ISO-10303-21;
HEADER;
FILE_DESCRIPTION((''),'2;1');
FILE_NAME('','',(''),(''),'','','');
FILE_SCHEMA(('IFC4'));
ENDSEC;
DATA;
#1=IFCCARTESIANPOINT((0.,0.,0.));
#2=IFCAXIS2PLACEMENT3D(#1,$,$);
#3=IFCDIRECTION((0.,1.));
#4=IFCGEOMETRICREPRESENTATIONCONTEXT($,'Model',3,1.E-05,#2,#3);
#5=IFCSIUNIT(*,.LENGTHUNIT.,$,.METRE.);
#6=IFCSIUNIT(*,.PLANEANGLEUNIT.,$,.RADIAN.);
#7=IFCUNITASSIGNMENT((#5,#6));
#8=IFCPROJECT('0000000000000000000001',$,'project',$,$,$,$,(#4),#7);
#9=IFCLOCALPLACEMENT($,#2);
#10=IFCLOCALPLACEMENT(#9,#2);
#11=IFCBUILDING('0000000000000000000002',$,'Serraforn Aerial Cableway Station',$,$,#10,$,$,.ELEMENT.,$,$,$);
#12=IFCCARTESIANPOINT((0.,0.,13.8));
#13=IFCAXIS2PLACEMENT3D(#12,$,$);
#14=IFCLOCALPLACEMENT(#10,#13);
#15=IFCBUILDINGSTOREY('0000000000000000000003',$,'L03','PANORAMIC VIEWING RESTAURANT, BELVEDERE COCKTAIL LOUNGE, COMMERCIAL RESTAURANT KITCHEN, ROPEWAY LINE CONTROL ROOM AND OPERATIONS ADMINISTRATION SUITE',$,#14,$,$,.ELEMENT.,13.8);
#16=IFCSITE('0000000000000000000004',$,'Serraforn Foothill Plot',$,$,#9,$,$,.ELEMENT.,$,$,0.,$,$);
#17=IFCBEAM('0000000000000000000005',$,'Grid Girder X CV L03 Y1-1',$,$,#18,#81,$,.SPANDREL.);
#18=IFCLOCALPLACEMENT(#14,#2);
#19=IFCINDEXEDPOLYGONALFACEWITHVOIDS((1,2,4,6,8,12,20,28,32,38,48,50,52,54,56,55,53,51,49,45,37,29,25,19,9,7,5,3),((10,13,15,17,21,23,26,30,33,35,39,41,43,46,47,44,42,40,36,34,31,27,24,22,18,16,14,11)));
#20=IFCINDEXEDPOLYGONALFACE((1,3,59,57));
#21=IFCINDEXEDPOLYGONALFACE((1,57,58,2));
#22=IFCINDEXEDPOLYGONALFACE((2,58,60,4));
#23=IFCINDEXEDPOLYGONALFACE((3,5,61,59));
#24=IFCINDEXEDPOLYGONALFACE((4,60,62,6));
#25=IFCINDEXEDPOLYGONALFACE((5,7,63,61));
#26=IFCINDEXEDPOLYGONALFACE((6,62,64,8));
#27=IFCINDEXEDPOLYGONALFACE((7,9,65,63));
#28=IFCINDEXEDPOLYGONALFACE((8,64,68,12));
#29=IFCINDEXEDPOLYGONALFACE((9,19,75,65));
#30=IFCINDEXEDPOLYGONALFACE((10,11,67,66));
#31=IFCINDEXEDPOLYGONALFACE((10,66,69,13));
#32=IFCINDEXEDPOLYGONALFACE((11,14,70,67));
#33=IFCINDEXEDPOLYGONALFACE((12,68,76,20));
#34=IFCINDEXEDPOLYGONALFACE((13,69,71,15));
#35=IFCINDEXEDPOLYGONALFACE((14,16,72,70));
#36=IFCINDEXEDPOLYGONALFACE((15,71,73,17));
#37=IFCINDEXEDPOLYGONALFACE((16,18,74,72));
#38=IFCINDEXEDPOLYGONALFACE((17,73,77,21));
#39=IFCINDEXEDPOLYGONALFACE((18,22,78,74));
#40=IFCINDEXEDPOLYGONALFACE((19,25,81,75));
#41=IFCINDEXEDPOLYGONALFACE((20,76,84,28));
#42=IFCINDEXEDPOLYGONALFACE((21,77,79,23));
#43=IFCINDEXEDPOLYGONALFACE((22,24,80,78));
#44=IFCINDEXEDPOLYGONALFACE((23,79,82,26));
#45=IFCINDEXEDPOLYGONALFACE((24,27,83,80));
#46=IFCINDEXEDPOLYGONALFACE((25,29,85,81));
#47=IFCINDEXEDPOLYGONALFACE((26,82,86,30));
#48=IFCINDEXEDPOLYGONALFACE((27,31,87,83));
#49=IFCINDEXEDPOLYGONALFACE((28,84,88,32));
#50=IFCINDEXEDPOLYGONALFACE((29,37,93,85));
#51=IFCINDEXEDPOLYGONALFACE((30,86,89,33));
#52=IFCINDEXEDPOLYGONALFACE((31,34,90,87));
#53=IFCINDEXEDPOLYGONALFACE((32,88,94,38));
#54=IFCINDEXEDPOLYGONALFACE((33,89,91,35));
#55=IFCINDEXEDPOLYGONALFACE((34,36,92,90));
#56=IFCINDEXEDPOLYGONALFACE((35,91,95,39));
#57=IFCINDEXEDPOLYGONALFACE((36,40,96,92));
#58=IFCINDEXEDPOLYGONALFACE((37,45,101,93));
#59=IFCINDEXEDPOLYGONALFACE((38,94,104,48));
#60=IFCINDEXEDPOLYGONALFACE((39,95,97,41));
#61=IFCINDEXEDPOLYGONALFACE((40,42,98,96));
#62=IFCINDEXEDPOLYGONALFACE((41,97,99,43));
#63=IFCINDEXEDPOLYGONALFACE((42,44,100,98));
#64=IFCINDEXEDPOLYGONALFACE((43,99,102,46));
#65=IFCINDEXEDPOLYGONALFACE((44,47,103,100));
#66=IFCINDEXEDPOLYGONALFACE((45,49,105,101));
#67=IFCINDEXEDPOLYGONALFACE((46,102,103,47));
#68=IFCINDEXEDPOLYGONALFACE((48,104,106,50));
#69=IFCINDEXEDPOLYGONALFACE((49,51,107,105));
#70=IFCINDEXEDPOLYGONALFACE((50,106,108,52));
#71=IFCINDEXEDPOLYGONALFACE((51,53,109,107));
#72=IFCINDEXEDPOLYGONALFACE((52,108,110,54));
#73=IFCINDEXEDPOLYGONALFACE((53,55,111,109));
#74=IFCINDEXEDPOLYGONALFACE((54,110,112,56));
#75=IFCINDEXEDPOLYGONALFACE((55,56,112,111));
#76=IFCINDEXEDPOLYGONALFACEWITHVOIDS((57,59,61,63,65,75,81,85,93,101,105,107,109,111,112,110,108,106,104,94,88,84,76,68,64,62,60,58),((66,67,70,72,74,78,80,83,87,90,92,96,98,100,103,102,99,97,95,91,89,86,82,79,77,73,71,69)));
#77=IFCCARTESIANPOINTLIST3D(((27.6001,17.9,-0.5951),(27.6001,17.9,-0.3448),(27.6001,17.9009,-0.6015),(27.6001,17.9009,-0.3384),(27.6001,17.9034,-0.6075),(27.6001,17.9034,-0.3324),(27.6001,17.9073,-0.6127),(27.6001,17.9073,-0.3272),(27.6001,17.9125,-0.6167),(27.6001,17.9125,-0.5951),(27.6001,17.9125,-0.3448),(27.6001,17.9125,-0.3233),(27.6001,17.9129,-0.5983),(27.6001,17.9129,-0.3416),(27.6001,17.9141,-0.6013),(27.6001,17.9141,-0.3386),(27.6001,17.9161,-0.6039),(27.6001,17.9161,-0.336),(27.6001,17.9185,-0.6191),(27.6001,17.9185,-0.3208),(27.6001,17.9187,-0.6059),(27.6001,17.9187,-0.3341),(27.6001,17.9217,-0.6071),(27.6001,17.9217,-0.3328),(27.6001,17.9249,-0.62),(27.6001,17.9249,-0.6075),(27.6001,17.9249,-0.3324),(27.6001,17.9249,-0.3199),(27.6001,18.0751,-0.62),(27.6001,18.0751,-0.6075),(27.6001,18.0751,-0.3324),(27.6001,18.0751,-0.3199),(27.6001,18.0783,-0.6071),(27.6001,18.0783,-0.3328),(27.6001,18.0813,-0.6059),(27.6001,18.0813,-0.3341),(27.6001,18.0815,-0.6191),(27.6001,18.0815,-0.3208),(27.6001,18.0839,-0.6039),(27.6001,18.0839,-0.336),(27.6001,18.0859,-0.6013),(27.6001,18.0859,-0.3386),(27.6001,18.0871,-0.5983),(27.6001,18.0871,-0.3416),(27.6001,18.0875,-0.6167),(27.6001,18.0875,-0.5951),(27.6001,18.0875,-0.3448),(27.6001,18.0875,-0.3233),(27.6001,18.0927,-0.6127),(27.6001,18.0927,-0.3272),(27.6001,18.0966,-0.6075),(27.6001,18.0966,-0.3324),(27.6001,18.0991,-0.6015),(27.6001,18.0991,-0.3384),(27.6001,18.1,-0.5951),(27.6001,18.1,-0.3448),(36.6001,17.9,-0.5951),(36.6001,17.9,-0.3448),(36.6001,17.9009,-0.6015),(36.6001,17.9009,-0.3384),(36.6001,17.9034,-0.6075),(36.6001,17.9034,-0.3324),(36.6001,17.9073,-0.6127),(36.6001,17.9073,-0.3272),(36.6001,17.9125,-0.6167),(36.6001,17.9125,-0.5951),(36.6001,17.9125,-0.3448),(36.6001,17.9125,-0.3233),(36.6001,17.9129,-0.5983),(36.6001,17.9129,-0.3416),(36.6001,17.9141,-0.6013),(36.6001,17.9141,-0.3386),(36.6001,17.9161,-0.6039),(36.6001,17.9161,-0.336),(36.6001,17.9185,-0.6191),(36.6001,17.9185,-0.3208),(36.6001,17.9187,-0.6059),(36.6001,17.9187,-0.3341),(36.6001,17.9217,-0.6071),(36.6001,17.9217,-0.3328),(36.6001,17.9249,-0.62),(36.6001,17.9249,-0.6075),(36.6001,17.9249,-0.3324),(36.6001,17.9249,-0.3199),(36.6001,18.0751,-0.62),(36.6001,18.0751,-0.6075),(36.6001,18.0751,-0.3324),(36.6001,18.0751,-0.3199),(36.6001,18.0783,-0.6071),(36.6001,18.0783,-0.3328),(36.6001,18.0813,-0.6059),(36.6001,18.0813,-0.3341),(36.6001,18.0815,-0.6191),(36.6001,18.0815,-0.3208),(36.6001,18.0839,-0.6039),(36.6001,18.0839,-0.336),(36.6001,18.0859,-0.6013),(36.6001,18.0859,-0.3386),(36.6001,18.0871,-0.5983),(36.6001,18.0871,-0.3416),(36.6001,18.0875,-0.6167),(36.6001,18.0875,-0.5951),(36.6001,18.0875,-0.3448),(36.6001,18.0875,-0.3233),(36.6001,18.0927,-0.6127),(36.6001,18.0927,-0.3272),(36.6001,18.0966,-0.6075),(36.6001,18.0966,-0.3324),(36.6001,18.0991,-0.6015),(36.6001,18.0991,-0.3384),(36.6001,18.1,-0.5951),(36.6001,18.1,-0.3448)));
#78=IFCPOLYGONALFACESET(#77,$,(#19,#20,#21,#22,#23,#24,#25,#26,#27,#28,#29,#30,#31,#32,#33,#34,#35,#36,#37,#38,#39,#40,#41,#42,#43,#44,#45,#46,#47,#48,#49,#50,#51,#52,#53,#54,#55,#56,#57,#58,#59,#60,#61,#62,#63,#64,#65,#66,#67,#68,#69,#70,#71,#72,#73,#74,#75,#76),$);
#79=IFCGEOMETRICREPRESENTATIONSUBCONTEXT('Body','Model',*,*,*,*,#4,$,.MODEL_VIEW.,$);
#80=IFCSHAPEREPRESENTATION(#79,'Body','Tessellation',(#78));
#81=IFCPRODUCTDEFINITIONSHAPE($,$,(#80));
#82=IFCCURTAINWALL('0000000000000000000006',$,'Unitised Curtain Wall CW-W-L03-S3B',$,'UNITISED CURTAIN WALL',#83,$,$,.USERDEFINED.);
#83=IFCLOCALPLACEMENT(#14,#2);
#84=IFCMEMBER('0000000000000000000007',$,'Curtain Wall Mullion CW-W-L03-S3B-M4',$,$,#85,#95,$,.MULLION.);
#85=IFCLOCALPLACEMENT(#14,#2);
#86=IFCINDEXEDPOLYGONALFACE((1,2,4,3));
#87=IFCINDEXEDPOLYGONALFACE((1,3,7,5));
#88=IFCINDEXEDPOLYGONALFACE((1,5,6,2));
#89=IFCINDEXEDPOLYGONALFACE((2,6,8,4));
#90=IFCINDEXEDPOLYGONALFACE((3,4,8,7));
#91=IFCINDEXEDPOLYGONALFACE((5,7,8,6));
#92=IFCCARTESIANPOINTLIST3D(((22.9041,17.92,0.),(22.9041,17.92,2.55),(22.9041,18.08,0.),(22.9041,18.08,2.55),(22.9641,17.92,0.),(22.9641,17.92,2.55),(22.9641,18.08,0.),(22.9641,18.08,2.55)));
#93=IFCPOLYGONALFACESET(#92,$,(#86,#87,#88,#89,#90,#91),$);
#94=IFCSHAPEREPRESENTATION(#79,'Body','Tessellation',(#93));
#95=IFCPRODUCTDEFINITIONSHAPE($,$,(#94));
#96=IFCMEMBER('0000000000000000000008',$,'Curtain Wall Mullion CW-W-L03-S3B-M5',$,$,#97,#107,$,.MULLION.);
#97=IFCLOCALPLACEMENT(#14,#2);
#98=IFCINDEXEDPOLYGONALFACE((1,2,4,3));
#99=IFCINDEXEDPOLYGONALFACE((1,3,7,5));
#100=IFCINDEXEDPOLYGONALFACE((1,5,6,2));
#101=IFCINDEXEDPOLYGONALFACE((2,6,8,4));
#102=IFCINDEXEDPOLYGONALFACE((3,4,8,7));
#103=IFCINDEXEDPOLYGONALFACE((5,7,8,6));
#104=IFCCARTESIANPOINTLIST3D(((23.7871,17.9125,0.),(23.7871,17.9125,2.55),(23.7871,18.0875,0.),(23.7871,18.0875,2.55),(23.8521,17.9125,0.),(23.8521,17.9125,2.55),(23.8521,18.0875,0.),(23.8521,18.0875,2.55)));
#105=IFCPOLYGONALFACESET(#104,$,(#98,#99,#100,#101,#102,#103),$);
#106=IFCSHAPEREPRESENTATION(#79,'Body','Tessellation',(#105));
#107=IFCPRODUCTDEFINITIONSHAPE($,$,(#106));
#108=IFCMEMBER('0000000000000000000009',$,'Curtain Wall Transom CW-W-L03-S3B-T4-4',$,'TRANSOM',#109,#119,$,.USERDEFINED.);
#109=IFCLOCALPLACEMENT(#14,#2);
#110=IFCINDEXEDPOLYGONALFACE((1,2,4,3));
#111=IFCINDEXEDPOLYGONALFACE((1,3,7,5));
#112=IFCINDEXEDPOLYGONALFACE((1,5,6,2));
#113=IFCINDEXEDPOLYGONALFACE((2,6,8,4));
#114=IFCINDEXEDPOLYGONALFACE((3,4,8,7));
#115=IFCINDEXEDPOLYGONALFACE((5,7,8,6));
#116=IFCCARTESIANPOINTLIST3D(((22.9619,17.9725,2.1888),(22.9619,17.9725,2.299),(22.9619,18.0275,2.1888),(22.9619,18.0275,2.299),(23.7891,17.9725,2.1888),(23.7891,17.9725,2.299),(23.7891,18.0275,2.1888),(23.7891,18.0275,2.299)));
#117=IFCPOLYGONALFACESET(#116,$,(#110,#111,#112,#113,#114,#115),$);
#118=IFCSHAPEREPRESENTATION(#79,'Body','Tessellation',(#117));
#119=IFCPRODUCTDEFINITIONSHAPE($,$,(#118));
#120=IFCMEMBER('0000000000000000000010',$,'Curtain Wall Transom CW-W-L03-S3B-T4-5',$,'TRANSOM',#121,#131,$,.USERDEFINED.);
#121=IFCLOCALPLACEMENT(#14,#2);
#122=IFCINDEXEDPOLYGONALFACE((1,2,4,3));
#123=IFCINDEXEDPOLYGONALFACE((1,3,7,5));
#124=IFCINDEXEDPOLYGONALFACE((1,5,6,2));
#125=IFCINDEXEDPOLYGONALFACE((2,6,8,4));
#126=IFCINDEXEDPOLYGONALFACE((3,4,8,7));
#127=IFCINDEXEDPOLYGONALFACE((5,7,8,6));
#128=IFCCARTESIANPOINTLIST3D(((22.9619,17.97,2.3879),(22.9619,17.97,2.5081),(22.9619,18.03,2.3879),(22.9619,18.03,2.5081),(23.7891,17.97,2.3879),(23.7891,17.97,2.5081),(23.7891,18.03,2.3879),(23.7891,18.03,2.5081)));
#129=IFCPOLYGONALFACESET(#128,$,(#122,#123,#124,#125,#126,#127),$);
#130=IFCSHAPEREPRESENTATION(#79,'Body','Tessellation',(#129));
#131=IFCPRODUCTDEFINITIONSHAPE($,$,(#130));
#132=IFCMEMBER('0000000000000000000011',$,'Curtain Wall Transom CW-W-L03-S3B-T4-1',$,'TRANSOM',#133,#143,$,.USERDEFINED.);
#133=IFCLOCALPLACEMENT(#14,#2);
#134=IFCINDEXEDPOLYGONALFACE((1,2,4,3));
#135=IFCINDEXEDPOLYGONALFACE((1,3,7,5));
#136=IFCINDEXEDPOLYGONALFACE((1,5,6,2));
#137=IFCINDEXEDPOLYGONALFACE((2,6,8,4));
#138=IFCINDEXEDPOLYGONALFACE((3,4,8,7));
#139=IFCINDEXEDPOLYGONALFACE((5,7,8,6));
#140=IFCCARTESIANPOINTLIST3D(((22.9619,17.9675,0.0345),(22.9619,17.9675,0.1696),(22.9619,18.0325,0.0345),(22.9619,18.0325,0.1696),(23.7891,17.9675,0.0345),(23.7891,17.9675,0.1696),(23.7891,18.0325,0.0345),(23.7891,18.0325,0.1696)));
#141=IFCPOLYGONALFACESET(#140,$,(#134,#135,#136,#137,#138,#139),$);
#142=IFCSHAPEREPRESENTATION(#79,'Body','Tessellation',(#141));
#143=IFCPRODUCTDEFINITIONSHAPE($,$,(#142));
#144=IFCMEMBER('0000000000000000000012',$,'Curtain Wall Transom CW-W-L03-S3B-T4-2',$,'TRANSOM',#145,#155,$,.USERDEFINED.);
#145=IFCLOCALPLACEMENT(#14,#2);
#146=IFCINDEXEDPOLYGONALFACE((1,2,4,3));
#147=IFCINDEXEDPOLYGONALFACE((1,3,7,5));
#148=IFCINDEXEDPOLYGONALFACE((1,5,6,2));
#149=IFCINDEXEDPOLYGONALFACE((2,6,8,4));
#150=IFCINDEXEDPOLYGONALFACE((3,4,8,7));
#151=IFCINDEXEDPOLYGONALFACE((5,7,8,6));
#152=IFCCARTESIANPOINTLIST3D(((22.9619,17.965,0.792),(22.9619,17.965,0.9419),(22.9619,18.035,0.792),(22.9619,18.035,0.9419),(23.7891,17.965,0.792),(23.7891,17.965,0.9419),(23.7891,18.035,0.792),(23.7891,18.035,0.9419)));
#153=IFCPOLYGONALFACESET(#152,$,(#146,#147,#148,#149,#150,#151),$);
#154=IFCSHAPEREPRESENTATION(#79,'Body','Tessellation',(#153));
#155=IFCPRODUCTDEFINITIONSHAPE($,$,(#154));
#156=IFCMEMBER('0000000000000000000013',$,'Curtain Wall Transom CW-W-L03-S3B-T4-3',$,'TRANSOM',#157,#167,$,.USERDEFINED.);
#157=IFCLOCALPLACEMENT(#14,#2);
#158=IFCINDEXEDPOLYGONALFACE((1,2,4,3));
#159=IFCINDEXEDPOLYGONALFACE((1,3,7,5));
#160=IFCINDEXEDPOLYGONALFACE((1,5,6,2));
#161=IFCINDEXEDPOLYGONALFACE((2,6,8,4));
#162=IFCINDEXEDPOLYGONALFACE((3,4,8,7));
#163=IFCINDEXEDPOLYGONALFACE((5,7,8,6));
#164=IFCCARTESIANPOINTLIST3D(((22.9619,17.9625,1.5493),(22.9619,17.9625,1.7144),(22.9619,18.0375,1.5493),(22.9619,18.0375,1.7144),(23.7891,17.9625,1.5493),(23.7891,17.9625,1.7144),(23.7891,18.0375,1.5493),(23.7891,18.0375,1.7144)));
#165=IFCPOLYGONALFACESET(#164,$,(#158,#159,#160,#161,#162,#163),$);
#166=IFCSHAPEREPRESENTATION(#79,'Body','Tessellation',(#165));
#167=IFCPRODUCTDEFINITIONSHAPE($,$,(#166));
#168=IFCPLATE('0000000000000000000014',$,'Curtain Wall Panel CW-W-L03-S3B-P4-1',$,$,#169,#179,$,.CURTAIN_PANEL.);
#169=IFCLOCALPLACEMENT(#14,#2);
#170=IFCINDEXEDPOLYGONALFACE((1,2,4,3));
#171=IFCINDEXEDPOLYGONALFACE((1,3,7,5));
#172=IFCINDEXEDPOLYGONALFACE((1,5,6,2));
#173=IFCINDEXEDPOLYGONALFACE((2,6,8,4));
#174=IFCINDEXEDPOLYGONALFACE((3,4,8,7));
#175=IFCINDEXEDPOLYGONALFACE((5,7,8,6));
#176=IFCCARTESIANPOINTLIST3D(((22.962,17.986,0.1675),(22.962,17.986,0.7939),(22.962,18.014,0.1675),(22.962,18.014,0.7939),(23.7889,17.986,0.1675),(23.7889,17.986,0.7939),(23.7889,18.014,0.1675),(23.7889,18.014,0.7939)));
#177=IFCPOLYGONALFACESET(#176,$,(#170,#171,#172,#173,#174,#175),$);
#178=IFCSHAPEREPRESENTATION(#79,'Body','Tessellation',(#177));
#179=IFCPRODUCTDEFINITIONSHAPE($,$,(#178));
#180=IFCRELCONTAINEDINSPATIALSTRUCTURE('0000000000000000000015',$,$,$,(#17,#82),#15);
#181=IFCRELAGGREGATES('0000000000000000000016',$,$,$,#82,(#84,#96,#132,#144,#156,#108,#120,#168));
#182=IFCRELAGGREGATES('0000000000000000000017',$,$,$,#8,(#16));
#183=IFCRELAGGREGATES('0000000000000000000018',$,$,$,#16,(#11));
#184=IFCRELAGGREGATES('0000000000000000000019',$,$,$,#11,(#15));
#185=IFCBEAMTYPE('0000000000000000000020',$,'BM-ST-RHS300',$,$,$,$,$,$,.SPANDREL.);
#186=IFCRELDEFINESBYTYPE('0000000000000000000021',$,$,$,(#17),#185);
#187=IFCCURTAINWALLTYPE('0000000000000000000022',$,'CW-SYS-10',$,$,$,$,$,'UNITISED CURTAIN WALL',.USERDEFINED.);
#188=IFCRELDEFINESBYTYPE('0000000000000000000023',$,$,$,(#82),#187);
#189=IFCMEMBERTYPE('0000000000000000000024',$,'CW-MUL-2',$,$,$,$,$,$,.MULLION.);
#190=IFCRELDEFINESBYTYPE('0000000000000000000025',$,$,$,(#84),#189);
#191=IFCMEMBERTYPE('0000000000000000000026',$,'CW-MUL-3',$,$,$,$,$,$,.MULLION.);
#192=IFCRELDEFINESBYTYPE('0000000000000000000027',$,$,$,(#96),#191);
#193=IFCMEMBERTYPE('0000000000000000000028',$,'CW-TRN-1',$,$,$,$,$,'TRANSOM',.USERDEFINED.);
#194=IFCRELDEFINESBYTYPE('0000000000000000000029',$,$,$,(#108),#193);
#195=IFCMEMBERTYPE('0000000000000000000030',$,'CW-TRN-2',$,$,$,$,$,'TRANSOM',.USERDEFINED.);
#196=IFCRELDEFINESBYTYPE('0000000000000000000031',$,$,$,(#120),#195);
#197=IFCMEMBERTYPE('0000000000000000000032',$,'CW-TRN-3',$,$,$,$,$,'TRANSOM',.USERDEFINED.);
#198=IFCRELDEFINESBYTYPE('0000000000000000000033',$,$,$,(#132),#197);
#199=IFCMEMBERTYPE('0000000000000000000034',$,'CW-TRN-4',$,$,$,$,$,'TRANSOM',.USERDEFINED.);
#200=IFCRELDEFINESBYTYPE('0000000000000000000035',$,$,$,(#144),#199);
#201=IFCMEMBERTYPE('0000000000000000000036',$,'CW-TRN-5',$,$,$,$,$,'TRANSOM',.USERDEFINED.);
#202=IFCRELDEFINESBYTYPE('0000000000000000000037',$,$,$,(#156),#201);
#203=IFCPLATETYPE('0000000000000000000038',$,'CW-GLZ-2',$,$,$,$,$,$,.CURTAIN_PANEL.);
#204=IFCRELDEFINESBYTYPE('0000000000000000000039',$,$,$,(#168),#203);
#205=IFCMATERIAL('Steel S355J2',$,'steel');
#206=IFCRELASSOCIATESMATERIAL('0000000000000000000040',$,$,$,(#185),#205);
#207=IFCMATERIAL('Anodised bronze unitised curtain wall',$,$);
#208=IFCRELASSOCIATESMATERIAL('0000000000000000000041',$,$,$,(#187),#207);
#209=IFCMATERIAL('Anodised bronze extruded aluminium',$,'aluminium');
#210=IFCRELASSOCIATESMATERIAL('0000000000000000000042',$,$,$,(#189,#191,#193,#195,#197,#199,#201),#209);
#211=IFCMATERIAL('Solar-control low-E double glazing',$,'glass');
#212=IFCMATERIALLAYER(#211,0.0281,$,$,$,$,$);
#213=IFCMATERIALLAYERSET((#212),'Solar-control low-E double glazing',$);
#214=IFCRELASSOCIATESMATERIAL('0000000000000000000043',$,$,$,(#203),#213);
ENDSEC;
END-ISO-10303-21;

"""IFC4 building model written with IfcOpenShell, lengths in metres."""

from ifc_helpers import new_model, si_unit, direction, frame, origin, origin_2d, place, context, subcontext, project, spatial, rectangle, hollow_rectangle, extrude, material, layer, layer_set, material_profile, profile_set, type_object, element, aggregate, save


model = new_model("IFC4")

# Units and contexts
model_context = context("Model", 3, precision=1e-05, world=origin(), true_north=direction((0.0, 1.0)))
body_context = subcontext(model_context, "Body", "Model", "MODEL_VIEW")
ifc_project = project(units=[si_unit("LENGTHUNIT", "METRE"), si_unit("PLANEANGLEUNIT", "RADIAN")], contexts=[model_context])

# Site, building, storey
site_placement = place(None, origin())
site = spatial("IfcSite", under=ifc_project, at=site_placement, Name="Serraforn Foothill Plot", CompositionType="ELEMENT", RefElevation=0.0)
building_placement = place(site_placement, origin())
building = spatial("IfcBuilding", under=site, at=building_placement, Name="Serraforn Aerial Cableway Station", CompositionType="ELEMENT")
storey_placement = place(building_placement, frame((0.0, 0.0, 13.8)))
storey = spatial("IfcBuildingStorey", under=building, at=storey_placement, Name="L03", Description="PANORAMIC VIEWING RESTAURANT, BELVEDERE COCKTAIL LOUNGE, COMMERCIAL RESTAURANT KITCHEN, ROPEWAY LINE CONTROL ROOM AND OPERATIONS ADMINISTRATION SUITE", CompositionType="ELEMENT", Elevation=13.8)

# Shared definitions
ifc_material_1 = material(Name="Steel S355J2", Category="steel")

# Beam
ifc_material_profile_1 = material_profile(ifc_material_1, hollow_rectangle(XDim=0.2, YDim=0.3, WallThickness=0.0125, InnerFilletRadius=0.0125, OuterFilletRadius=0.0249, at=origin_2d()), Name="RHS 300x200x12.5")
ifc_profile_set_1 = profile_set([ifc_material_profile_1], Name="Steel S355J2")
beam_type_1 = type_object("IfcBeamType", Name="BM-ST-RHS300", PredefinedType="SPANDREL", material=ifc_profile_set_1)
beam_1_placement = place(storey_placement, frame((27.6001, 18.0, -0.47), z_axis=(1.0, 0.0, 0.0), x_axis=(0.0, 1.0, 0.0)))
element("IfcBeam", 1, at=beam_1_placement, inside=storey, type_object=beam_type_1, Name="Grid Girder X CV L03 Y1-1", PredefinedType="SPANDREL", context=body_context, shape_type="SweptSolid", body=[
    extrude(hollow_rectangle(XDim=0.2, YDim=0.3, WallThickness=0.0125, InnerFilletRadius=0.0125, OuterFilletRadius=0.0249, at=origin_2d()), origin(), (0.0, 0.0, 1.0), 9.0),
])

# Curtain wall, members, plate
ifc_material_2 = material(Name="Anodised bronze unitised curtain wall")
curtain_wall_type = type_object("IfcCurtainWallType", Name="CW-SYS-10", ElementType="UNITISED CURTAIN WALL", PredefinedType="USERDEFINED", material=ifc_material_2)
curtain_wall_placement = place(storey_placement, origin())
curtain_wall = element("IfcCurtainWall", 2, at=curtain_wall_placement, inside=storey, type_object=curtain_wall_type, Name="Unitised Curtain Wall CW-W-L03-S3B", ObjectType="UNITISED CURTAIN WALL", PredefinedType="USERDEFINED")
ifc_material_3 = material(Name="Anodised bronze extruded aluminium", Category="aluminium")
ifc_material_profile_2 = material_profile(ifc_material_3, rectangle(XDim=0.0601, YDim=0.1599, at=origin_2d()), Name="CW MULLION 60x160")
ifc_profile_set_2 = profile_set([ifc_material_profile_2], Name="Anodised bronze extruded aluminium")
member_type_1 = type_object("IfcMemberType", Name="CW-MUL-2", PredefinedType="MULLION", material=ifc_profile_set_2)
member_1_placement = place(storey_placement, frame((22.9341, 18.0, 0.0), z_axis=(0.0, 0.0, 1.0), x_axis=(1.0, 0.0, 0.0)))
member_1 = element("IfcMember", 3, at=member_1_placement, type_object=member_type_1, Name="Curtain Wall Mullion CW-W-L03-S3B-M4", PredefinedType="MULLION", context=body_context, shape_type="SweptSolid", body=[
    extrude(rectangle(XDim=0.0601, YDim=0.1599, at=origin_2d()), origin(), (0.0, 0.0, 1.0), 2.55),
])
ifc_material_profile_3 = material_profile(ifc_material_3, rectangle(XDim=0.0649, YDim=0.175, at=origin_2d()), Name="CW MULLION 65x175")
ifc_profile_set_3 = profile_set([ifc_material_profile_3], Name="Anodised bronze extruded aluminium")
member_type_2 = type_object("IfcMemberType", Name="CW-MUL-3", PredefinedType="MULLION", material=ifc_profile_set_3)
member_2_placement = place(storey_placement, frame((23.8196, 18.0, 0.0), z_axis=(0.0, 0.0, 1.0), x_axis=(1.0, 0.0, 0.0)))
member_2 = element("IfcMember", 4, at=member_2_placement, type_object=member_type_2, Name="Curtain Wall Mullion CW-W-L03-S3B-M5", PredefinedType="MULLION", context=body_context, shape_type="SweptSolid", body=[
    extrude(rectangle(XDim=0.0649, YDim=0.175, at=origin_2d()), origin(), (0.0, 0.0, 1.0), 2.55),
])
ifc_material_profile_4 = material_profile(ifc_material_3, rectangle(XDim=0.0549, YDim=0.1101, at=origin_2d()), Name="CW TRANSOM 55x110")
ifc_profile_set_4 = profile_set([ifc_material_profile_4], Name="Anodised bronze extruded aluminium")
member_type_3 = type_object("IfcMemberType", Name="CW-TRN-1", ElementType="TRANSOM", PredefinedType="USERDEFINED", material=ifc_profile_set_4)
member_3_placement = place(storey_placement, frame((22.9619, 18.0, 2.2439), z_axis=(1.0, 0.0, 0.0), x_axis=(0.0, 1.0, 0.0)))
member_3 = element("IfcMember", 5, at=member_3_placement, type_object=member_type_3, Name="Curtain Wall Transom CW-W-L03-S3B-T4-4", ObjectType="TRANSOM", PredefinedType="USERDEFINED", context=body_context, shape_type="SweptSolid", body=[
    extrude(rectangle(XDim=0.0549, YDim=0.1101, at=origin_2d()), origin(), (0.0, 0.0, 1.0), 0.8271),
])
ifc_material_profile_5 = material_profile(ifc_material_3, rectangle(XDim=0.0601, YDim=0.1201, at=origin_2d()), Name="CW TRANSOM 60x120")
ifc_profile_set_5 = profile_set([ifc_material_profile_5], Name="Anodised bronze extruded aluminium")
member_type_4 = type_object("IfcMemberType", Name="CW-TRN-2", ElementType="TRANSOM", PredefinedType="USERDEFINED", material=ifc_profile_set_5)
member_4_placement = place(storey_placement, frame((22.9619, 18.0, 2.448), z_axis=(1.0, 0.0, 0.0), x_axis=(0.0, 1.0, 0.0)))
member_4 = element("IfcMember", 6, at=member_4_placement, type_object=member_type_4, Name="Curtain Wall Transom CW-W-L03-S3B-T4-5", ObjectType="TRANSOM", PredefinedType="USERDEFINED", context=body_context, shape_type="SweptSolid", body=[
    extrude(rectangle(XDim=0.0601, YDim=0.1201, at=origin_2d()), origin(), (0.0, 0.0, 1.0), 0.8271),
])
ifc_material_profile_6 = material_profile(ifc_material_3, rectangle(XDim=0.0649, YDim=0.135, at=origin_2d()), Name="CW TRANSOM 65x135")
ifc_profile_set_6 = profile_set([ifc_material_profile_6], Name="Anodised bronze extruded aluminium")
member_type_5 = type_object("IfcMemberType", Name="CW-TRN-3", ElementType="TRANSOM", PredefinedType="USERDEFINED", material=ifc_profile_set_6)
member_5_placement = place(storey_placement, frame((22.9619, 18.0, 0.1021), z_axis=(1.0, 0.0, 0.0), x_axis=(0.0, 1.0, 0.0)))
member_5 = element("IfcMember", 7, at=member_5_placement, type_object=member_type_5, Name="Curtain Wall Transom CW-W-L03-S3B-T4-1", ObjectType="TRANSOM", PredefinedType="USERDEFINED", context=body_context, shape_type="SweptSolid", body=[
    extrude(rectangle(XDim=0.0649, YDim=0.135, at=origin_2d()), origin(), (0.0, 0.0, 1.0), 0.8271),
])
ifc_material_profile_7 = material_profile(ifc_material_3, rectangle(XDim=0.0701, YDim=0.1499, at=origin_2d()), Name="CW TRANSOM 70x150")
ifc_profile_set_7 = profile_set([ifc_material_profile_7], Name="Anodised bronze extruded aluminium")
member_type_6 = type_object("IfcMemberType", Name="CW-TRN-4", ElementType="TRANSOM", PredefinedType="USERDEFINED", material=ifc_profile_set_7)
member_6_placement = place(storey_placement, frame((22.9619, 18.0, 0.8669), z_axis=(1.0, 0.0, 0.0), x_axis=(0.0, 1.0, 0.0)))
member_6 = element("IfcMember", 8, at=member_6_placement, type_object=member_type_6, Name="Curtain Wall Transom CW-W-L03-S3B-T4-2", ObjectType="TRANSOM", PredefinedType="USERDEFINED", context=body_context, shape_type="SweptSolid", body=[
    extrude(rectangle(XDim=0.0701, YDim=0.1499, at=origin_2d()), origin(), (0.0, 0.0, 1.0), 0.8271),
])
ifc_material_profile_8 = material_profile(ifc_material_3, rectangle(XDim=0.075, YDim=0.165, at=origin_2d()), Name="CW TRANSOM 75x165")
ifc_profile_set_8 = profile_set([ifc_material_profile_8], Name="Anodised bronze extruded aluminium")
member_type_7 = type_object("IfcMemberType", Name="CW-TRN-5", ElementType="TRANSOM", PredefinedType="USERDEFINED", material=ifc_profile_set_8)
member_7_placement = place(storey_placement, frame((22.9619, 18.0, 1.6318), z_axis=(1.0, 0.0, 0.0), x_axis=(0.0, 1.0, 0.0)))
member_7 = element("IfcMember", 9, at=member_7_placement, type_object=member_type_7, Name="Curtain Wall Transom CW-W-L03-S3B-T4-3", ObjectType="TRANSOM", PredefinedType="USERDEFINED", context=body_context, shape_type="SweptSolid", body=[
    extrude(rectangle(XDim=0.075, YDim=0.165, at=origin_2d()), origin(), (0.0, 0.0, 1.0), 0.8271),
])
ifc_material_4 = material(Name="Solar-control low-E double glazing", Category="glass")
ifc_layer_1 = layer(ifc_material_4, 0.0281)
ifc_layer_set_1 = layer_set([ifc_layer_1], Name="Solar-control low-E double glazing")
plate_type_1 = type_object("IfcPlateType", Name="CW-GLZ-2", PredefinedType="CURTAIN_PANEL", material=ifc_layer_set_1)
plate_1_placement = place(storey_placement, frame((23.3755, 18.0, 0.1675), z_axis=(0.0, 0.0, 1.0), x_axis=(1.0, 0.0, 0.0)))
plate_1 = element("IfcPlate", 10, at=plate_1_placement, type_object=plate_type_1, Name="Curtain Wall Panel CW-W-L03-S3B-P4-1", PredefinedType="CURTAIN_PANEL", context=body_context, shape_type="SweptSolid", body=[
    extrude(rectangle(XDim=0.8269, YDim=0.0281, at=origin_2d()), origin(), (0.0, 0.0, 1.0), 0.6265),
])
aggregate(curtain_wall, [member_1, member_2, member_5, member_6, member_7, member_3, member_4, plate_1])

save(model, "model.ifc")
